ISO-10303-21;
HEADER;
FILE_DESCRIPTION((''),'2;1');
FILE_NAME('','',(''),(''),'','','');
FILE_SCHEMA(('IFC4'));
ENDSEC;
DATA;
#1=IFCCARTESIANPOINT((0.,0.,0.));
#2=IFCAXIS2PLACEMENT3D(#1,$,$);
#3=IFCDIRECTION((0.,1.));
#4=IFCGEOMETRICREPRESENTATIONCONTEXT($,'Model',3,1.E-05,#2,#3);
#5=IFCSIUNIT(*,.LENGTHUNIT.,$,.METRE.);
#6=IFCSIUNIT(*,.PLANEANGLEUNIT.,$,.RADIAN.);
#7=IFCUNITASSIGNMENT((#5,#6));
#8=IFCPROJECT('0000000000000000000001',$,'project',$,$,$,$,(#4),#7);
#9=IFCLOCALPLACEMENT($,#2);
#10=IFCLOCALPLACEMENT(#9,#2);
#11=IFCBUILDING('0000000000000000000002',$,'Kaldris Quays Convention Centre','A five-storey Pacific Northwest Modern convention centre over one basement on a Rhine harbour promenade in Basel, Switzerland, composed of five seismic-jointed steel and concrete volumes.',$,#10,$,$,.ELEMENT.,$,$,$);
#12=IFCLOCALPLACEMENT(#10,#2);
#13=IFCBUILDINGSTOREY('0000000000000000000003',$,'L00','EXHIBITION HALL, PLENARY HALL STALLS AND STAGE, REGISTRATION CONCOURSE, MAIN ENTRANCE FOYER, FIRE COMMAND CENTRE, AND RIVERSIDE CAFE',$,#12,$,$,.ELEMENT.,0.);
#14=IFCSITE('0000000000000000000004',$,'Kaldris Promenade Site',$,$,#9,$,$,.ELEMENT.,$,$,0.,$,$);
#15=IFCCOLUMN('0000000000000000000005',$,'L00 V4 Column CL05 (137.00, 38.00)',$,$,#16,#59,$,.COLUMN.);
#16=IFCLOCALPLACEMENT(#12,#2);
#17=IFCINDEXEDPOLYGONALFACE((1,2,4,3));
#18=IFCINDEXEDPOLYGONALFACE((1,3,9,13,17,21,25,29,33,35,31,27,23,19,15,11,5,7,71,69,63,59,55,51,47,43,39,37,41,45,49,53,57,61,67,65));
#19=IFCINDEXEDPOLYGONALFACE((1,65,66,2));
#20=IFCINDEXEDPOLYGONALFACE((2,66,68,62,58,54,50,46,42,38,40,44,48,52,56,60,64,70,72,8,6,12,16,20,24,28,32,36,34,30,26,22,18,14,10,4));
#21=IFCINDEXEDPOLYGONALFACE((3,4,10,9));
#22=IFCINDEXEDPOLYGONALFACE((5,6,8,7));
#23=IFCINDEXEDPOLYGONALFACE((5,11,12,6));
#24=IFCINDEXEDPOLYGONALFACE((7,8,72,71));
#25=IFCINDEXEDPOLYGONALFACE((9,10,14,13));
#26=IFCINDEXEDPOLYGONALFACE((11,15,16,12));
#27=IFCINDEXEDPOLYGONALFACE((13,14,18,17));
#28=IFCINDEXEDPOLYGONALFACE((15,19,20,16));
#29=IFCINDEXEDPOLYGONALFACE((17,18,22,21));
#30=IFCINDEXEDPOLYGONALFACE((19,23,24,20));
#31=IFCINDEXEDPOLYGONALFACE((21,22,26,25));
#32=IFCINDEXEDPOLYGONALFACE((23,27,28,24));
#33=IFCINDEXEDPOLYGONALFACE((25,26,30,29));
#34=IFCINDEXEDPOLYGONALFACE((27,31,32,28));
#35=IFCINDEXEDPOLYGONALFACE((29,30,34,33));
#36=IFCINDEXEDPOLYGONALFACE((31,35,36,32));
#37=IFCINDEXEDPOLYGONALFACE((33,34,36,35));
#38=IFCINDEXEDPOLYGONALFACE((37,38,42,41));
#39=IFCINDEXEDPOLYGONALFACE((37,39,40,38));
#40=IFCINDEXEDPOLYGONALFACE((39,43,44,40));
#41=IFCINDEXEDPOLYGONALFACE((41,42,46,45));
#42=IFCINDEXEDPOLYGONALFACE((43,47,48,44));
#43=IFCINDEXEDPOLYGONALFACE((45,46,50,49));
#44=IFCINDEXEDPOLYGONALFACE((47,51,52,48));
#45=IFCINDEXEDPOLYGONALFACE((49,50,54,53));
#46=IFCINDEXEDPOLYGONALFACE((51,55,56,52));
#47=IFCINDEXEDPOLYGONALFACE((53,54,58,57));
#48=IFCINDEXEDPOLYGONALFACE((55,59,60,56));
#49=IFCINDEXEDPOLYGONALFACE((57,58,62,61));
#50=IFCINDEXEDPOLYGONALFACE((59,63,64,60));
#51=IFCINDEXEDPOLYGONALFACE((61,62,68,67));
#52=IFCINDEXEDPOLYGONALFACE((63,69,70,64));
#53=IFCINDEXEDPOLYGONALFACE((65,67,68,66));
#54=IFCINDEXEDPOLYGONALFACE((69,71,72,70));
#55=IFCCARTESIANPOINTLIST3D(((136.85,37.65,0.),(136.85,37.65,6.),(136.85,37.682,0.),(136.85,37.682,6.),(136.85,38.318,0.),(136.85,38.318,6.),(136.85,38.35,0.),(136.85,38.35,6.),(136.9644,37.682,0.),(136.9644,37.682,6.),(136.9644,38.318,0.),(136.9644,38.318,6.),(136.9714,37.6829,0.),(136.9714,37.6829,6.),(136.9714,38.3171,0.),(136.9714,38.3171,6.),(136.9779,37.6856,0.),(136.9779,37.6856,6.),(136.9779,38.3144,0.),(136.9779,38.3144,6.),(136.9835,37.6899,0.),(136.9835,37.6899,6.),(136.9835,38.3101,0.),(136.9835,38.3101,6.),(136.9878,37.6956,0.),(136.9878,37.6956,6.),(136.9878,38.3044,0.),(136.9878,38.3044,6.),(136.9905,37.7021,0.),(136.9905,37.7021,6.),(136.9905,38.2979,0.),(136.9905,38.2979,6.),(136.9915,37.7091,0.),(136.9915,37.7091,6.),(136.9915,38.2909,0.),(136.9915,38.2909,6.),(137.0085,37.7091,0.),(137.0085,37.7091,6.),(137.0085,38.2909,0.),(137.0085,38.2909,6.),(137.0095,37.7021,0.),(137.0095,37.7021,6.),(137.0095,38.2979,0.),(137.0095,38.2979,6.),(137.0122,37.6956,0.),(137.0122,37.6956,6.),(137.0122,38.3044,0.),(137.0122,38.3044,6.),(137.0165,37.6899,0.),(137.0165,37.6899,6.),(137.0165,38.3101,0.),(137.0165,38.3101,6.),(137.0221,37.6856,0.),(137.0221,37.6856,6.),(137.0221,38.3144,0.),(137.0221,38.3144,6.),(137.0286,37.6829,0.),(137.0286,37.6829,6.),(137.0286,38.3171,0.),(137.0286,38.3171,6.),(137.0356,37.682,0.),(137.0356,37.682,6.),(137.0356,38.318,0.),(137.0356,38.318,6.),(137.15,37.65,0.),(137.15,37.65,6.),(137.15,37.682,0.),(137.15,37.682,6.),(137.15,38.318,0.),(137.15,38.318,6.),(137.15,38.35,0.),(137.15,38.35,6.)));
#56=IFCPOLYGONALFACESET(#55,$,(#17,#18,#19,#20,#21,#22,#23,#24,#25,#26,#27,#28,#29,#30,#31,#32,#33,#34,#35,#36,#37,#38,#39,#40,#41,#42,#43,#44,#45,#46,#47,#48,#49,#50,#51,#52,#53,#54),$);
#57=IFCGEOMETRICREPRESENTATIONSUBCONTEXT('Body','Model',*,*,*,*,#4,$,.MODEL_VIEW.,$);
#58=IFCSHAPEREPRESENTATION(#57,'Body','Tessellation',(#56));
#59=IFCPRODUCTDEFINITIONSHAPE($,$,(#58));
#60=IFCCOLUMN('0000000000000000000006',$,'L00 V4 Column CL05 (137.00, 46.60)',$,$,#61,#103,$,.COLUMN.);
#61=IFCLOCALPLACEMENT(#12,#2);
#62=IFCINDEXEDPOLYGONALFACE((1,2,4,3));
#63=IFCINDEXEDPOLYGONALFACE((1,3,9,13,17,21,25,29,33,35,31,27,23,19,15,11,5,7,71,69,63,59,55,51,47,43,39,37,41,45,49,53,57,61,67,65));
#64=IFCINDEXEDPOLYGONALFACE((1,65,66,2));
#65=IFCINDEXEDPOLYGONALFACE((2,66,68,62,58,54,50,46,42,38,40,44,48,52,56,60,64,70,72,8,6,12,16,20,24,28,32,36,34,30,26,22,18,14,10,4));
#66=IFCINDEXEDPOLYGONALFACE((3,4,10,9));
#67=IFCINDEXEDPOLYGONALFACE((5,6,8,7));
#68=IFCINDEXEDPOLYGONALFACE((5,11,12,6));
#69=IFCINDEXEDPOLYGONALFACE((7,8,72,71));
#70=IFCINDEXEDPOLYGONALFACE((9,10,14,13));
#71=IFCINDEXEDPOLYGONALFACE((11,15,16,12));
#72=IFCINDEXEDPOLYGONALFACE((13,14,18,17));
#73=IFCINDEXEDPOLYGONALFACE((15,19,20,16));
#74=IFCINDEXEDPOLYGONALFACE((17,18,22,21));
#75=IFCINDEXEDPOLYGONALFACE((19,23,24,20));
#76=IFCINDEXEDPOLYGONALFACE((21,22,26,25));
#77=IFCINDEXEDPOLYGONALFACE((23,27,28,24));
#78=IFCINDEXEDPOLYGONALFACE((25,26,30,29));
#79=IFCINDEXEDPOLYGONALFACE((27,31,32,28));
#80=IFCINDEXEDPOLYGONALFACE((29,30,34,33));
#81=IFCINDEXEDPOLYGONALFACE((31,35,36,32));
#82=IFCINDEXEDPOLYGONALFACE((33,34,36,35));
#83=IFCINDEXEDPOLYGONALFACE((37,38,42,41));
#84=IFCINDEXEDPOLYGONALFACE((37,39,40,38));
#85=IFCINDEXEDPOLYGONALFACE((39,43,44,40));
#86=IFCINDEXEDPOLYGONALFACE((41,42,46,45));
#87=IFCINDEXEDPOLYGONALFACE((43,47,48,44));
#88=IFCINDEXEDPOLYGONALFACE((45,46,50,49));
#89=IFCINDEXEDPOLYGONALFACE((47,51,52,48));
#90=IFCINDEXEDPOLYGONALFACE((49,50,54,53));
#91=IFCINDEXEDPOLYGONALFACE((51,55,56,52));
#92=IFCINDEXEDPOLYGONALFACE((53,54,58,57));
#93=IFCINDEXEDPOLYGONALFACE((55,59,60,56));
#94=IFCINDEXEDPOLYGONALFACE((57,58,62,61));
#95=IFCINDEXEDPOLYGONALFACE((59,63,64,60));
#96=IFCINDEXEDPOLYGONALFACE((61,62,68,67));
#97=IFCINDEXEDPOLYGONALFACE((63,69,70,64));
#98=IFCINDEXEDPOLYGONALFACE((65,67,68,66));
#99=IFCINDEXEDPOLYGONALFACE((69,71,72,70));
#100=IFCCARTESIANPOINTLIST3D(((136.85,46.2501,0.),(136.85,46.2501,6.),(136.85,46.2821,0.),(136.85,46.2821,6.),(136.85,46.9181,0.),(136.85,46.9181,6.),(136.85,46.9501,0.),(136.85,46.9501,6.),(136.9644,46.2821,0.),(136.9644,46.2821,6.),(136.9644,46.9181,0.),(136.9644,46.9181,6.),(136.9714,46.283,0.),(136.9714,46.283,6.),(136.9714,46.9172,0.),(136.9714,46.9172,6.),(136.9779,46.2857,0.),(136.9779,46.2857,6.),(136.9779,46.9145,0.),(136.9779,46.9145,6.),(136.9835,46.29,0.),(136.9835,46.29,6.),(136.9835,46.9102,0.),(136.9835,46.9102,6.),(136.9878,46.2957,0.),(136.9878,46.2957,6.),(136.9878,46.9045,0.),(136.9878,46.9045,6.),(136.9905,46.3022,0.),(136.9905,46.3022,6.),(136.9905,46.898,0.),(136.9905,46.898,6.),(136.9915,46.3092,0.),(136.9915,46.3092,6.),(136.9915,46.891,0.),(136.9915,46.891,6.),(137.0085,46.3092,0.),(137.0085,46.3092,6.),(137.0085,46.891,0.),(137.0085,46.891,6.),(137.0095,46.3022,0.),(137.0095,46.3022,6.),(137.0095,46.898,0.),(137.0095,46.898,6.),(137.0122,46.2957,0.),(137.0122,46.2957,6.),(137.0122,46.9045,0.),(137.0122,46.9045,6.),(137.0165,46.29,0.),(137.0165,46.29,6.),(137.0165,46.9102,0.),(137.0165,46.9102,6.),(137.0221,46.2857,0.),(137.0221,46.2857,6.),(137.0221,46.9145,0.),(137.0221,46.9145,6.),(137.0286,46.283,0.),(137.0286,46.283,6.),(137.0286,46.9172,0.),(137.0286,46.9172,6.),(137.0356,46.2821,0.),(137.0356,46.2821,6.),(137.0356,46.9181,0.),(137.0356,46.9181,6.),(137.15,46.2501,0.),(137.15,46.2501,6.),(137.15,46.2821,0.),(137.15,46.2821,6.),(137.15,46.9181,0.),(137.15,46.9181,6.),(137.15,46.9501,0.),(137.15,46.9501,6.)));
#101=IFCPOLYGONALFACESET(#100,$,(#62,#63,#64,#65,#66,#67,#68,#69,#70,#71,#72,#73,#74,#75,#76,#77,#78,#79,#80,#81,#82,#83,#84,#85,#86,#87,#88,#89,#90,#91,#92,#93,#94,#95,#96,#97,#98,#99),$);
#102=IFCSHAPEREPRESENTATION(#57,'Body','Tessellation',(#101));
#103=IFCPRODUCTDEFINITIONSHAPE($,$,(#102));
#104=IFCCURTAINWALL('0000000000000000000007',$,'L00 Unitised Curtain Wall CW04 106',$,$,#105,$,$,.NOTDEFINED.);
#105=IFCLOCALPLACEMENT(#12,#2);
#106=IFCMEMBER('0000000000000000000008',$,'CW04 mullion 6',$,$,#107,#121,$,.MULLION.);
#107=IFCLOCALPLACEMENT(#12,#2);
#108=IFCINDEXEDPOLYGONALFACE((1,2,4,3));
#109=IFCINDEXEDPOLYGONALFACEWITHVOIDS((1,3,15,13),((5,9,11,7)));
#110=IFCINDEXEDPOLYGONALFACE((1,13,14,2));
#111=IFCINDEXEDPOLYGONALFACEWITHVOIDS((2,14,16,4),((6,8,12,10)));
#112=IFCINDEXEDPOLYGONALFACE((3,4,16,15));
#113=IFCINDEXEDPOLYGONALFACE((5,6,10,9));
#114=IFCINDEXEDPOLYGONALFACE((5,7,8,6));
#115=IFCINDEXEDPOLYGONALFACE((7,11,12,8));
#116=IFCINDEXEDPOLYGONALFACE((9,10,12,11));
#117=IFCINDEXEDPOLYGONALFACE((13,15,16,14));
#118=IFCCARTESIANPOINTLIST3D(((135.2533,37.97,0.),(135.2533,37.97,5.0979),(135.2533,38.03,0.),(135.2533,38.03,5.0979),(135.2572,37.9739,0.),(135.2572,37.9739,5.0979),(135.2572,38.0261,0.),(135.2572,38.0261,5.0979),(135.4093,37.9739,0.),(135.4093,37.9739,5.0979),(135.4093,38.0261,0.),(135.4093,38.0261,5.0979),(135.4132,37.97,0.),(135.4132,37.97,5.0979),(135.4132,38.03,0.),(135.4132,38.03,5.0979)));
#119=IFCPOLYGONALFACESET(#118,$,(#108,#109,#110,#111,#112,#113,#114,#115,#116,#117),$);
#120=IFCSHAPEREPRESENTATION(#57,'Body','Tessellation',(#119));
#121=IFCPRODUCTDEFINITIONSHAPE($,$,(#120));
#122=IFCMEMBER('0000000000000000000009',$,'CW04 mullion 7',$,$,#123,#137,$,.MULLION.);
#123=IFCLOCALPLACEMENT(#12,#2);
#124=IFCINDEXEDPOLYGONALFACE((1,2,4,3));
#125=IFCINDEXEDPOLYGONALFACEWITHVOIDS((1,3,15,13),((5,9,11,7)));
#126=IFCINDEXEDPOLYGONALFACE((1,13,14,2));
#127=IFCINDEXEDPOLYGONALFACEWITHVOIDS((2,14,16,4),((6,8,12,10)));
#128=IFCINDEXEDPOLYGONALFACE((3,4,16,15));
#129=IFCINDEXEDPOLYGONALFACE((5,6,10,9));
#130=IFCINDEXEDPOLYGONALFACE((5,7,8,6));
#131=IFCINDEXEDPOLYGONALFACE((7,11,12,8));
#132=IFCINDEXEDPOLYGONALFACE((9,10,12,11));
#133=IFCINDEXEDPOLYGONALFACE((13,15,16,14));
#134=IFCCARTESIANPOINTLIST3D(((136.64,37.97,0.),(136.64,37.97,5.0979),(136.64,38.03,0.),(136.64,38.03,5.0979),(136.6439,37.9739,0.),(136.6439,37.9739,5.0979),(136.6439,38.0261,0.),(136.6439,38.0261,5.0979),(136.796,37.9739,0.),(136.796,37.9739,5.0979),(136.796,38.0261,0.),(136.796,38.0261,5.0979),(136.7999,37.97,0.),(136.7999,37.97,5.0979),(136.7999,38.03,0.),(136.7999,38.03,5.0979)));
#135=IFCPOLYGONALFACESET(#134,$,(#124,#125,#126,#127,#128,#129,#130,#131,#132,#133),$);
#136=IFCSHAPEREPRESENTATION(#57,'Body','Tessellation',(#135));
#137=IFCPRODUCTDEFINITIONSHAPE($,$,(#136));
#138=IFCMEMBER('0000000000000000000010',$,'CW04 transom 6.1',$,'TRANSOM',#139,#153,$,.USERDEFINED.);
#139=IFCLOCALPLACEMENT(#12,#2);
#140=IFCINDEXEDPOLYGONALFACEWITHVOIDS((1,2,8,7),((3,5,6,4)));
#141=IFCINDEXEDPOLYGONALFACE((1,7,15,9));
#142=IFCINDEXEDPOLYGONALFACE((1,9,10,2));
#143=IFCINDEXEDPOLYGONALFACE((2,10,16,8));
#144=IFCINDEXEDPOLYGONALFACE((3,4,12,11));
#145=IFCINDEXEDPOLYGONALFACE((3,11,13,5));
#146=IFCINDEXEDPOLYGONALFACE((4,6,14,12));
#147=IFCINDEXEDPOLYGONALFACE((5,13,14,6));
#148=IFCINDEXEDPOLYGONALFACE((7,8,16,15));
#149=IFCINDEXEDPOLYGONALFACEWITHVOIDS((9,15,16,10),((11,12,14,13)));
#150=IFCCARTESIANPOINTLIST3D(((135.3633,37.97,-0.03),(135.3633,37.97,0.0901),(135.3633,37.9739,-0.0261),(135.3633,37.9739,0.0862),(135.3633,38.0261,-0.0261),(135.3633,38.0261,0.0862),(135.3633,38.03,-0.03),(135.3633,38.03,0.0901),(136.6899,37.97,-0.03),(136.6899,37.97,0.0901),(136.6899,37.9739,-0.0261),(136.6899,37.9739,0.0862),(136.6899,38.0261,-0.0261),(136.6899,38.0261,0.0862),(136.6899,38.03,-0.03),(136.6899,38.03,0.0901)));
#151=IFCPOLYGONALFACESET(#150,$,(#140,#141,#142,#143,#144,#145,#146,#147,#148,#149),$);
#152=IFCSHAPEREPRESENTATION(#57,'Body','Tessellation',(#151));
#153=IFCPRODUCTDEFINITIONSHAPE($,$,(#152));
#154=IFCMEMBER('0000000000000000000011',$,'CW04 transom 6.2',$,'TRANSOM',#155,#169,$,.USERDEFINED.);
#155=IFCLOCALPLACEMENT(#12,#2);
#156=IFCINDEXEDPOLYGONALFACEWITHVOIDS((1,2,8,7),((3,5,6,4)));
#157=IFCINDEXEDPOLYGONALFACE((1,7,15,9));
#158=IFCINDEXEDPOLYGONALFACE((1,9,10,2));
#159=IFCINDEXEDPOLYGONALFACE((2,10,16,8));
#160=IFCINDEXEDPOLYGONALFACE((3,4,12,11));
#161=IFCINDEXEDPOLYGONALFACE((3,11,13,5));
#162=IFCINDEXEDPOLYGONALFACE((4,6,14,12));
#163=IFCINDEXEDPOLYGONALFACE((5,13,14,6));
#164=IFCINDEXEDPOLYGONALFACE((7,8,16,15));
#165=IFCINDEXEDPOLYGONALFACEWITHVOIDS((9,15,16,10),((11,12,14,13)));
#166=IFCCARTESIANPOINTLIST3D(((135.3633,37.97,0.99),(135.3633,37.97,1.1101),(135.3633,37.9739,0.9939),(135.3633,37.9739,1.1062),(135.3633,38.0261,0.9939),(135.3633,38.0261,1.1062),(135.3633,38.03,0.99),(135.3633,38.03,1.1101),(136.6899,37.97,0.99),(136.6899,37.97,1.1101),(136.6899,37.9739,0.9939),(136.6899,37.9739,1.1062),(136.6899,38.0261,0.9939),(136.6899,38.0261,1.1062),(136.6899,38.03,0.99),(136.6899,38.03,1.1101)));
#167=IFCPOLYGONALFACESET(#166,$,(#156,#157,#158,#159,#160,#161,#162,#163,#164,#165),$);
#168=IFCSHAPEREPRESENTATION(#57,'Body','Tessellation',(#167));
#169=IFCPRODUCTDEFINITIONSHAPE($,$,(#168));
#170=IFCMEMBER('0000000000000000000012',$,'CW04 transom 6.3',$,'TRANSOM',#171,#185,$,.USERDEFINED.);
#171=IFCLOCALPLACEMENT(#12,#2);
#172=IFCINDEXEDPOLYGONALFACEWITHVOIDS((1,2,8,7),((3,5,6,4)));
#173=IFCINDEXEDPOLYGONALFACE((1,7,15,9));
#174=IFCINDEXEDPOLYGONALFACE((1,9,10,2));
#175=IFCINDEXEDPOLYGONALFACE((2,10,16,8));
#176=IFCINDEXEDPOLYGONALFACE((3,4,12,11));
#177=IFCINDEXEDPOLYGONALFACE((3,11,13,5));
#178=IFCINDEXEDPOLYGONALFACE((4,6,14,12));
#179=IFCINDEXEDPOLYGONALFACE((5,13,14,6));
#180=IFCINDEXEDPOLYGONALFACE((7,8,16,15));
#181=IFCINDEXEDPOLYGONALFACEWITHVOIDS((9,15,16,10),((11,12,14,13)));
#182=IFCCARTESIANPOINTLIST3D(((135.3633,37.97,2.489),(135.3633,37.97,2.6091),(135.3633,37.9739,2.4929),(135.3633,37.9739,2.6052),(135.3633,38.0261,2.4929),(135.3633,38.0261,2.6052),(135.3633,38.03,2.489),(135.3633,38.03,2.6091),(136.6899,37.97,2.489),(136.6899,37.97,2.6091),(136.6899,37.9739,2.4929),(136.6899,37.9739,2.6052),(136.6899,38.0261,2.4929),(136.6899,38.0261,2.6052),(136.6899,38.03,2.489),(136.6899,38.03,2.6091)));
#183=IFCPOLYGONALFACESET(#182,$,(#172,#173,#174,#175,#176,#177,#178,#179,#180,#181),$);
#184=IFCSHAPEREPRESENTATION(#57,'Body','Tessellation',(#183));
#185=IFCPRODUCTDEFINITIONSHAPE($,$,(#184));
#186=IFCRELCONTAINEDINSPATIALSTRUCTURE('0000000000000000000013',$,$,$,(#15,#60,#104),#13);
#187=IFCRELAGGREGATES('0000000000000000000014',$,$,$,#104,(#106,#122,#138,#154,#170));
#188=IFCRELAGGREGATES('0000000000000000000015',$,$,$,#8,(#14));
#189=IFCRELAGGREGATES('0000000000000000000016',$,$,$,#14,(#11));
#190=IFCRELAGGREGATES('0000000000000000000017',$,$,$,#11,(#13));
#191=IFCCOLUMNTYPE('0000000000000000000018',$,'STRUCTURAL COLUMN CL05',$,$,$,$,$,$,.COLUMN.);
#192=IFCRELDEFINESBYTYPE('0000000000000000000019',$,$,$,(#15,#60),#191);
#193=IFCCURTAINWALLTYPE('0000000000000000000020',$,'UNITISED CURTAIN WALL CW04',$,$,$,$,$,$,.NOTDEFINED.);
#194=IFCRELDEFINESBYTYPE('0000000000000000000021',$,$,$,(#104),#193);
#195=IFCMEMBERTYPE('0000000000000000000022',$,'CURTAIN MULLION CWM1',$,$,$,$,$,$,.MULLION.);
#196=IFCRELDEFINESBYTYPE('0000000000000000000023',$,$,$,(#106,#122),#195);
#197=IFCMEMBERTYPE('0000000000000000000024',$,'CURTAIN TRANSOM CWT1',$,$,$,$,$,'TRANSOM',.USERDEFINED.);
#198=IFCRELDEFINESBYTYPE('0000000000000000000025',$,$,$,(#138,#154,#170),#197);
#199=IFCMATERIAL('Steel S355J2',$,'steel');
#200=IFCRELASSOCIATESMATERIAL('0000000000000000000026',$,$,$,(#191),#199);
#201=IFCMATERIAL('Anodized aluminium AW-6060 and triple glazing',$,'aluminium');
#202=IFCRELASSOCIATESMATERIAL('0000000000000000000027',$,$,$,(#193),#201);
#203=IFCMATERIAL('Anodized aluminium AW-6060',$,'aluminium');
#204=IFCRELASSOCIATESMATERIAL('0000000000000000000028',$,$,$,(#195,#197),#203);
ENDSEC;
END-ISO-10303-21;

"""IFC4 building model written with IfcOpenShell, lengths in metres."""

from ifc_helpers import new_model, si_unit, direction, frame, origin, origin_2d, place, context, subcontext, project, spatial, hollow_rectangle, i_section, extrude, material, material_profile, profile_set, type_object, element, aggregate, save


model = new_model("IFC4")

# Units and contexts
model_context = context("Model", 3, precision=1e-05, world=origin(), true_north=direction((0.0, 1.0)))
body_context = subcontext(model_context, "Body", "Model", "MODEL_VIEW")
ifc_project = project(units=[si_unit("LENGTHUNIT", "METRE"), si_unit("PLANEANGLEUNIT", "RADIAN")], contexts=[model_context])

# Site, building, storey
site_placement = place(None, origin())
site = spatial("IfcSite", under=ifc_project, at=site_placement, Name="Kaldris Promenade Site", CompositionType="ELEMENT", RefElevation=0.0)
building_placement = place(site_placement, origin())
building = spatial("IfcBuilding", under=site, at=building_placement, Name="Kaldris Quays Convention Centre", Description="A five-storey Pacific Northwest Modern convention centre over one basement on a Rhine harbour promenade in Basel, Switzerland, composed of five seismic-jointed steel and concrete volumes.", CompositionType="ELEMENT")
storey_placement = place(building_placement, origin())
storey = spatial("IfcBuildingStorey", under=building, at=storey_placement, Name="L00", Description="EXHIBITION HALL, PLENARY HALL STALLS AND STAGE, REGISTRATION CONCOURSE, MAIN ENTRANCE FOYER, FIRE COMMAND CENTRE, AND RIVERSIDE CAFE", CompositionType="ELEMENT", Elevation=0.0)

# Columns
ifc_material_1 = material(Name="Steel S355J2", Category="steel")
ifc_material_profile_1 = material_profile(ifc_material_1, i_section(OverallWidth=0.3, OverallDepth=0.7, WebThickness=0.0171, FlangeThickness=0.032, FilletRadius=0.0271, at=origin_2d()), Name="HEB 700")
ifc_profile_set_1 = profile_set([ifc_material_profile_1], Name="Steel S355J2")
column_type = type_object("IfcColumnType", Name="STRUCTURAL COLUMN CL05", PredefinedType="COLUMN", material=ifc_profile_set_1)
for number, where, z_axis, x_axis, name in (
    (1, (137.0, 38.0, 0.0), (0.0, 0.0, 1.0), (1.0, 0.0, 0.0), "L00 V4 Column CL05 (137.00, 38.00)"),
    (2, (137.0, 46.6001, 0.0), (0.0, 0.0, 1.0), (1.0, 0.0, 0.0), "L00 V4 Column CL05 (137.00, 46.60)"),
):
    element("IfcColumn", number, at=place(storey_placement, frame(where, z_axis=z_axis, x_axis=x_axis)), inside=storey, type_object=column_type, Name=name, PredefinedType="COLUMN", context=body_context, shape_type="SweptSolid", body=[
        extrude(i_section(OverallWidth=0.3, OverallDepth=0.7, WebThickness=0.0171, FlangeThickness=0.032, FilletRadius=0.0271, at=origin_2d()), origin(), (0.0, 0.0, 1.0), 6.0),
    ])

# Curtain wall, members
ifc_material_2 = material(Name="Anodized aluminium AW-6060 and triple glazing", Category="aluminium")
curtain_wall_type = type_object("IfcCurtainWallType", Name="UNITISED CURTAIN WALL CW04", PredefinedType="NOTDEFINED", material=ifc_material_2)
curtain_wall_placement = place(storey_placement, origin())
curtain_wall = element("IfcCurtainWall", 3, at=curtain_wall_placement, inside=storey, type_object=curtain_wall_type, Name="L00 Unitised Curtain Wall CW04 106", PredefinedType="NOTDEFINED")
ifc_material_3 = material(Name="Anodized aluminium AW-6060", Category="aluminium")
ifc_material_profile_2 = material_profile(ifc_material_3, hollow_rectangle(XDim=0.0601, YDim=0.1599, WallThickness=0.0039, at=origin_2d()), Name="RHS 160x60x4")
ifc_profile_set_2 = profile_set([ifc_material_profile_2], Name="Anodized aluminium AW-6060")
member_type_1 = type_object("IfcMemberType", Name="CURTAIN MULLION CWM1", PredefinedType="MULLION", material=ifc_profile_set_2)
member_1_placement = place(storey_placement, frame((135.3333, 38.0, 0.0), z_axis=(0.0, 0.0, 1.0), x_axis=(0.0, 1.0, 0.0)))
member_1 = element("IfcMember", 4, at=member_1_placement, type_object=member_type_1, Name="CW04 mullion 6", PredefinedType="MULLION", context=body_context, shape_type="SweptSolid", body=[
    extrude(hollow_rectangle(XDim=0.0601, YDim=0.1599, WallThickness=0.0039, at=origin_2d()), origin(), (0.0, 0.0, 1.0), 5.0979),
])
member_2_placement = place(storey_placement, frame((136.72, 38.0, 0.0), z_axis=(0.0, 0.0, 1.0), x_axis=(0.0, 1.0, 0.0)))
member_2 = element("IfcMember", 5, at=member_2_placement, type_object=member_type_1, Name="CW04 mullion 7", PredefinedType="MULLION", context=body_context, shape_type="SweptSolid", body=[
    extrude(hollow_rectangle(XDim=0.0601, YDim=0.1599, WallThickness=0.0039, at=origin_2d()), origin(), (0.0, 0.0, 1.0), 5.0979),
])
ifc_material_profile_3 = material_profile(ifc_material_3, hollow_rectangle(XDim=0.0601, YDim=0.1201, WallThickness=0.0039, at=origin_2d()), Name="RHS 120x60x4")
ifc_profile_set_3 = profile_set([ifc_material_profile_3], Name="Anodized aluminium AW-6060")
member_type_2 = type_object("IfcMemberType", Name="CURTAIN TRANSOM CWT1", ElementType="TRANSOM", PredefinedType="USERDEFINED", material=ifc_profile_set_3)
member_3_placement = place(storey_placement, frame((135.3633, 38.0, 0.03), z_axis=(1.0, 0.0, 0.0), x_axis=(0.0, 1.0, 0.0)))
member_3 = element("IfcMember", 6, at=member_3_placement, type_object=member_type_2, Name="CW04 transom 6.1", ObjectType="TRANSOM", PredefinedType="USERDEFINED", context=body_context, shape_type="SweptSolid", body=[
    extrude(hollow_rectangle(XDim=0.0601, YDim=0.1201, WallThickness=0.0039, at=origin_2d()), origin(), (0.0, 0.0, 1.0), 1.3267),
])
member_4_placement = place(storey_placement, frame((135.3633, 38.0, 1.05), z_axis=(1.0, 0.0, 0.0), x_axis=(0.0, 1.0, 0.0)))
member_4 = element("IfcMember", 7, at=member_4_placement, type_object=member_type_2, Name="CW04 transom 6.2", ObjectType="TRANSOM", PredefinedType="USERDEFINED", context=body_context, shape_type="SweptSolid", body=[
    extrude(hollow_rectangle(XDim=0.0601, YDim=0.1201, WallThickness=0.0039, at=origin_2d()), origin(), (0.0, 0.0, 1.0), 1.3267),
])
member_5_placement = place(storey_placement, frame((135.3633, 38.0, 2.5491), z_axis=(1.0, 0.0, 0.0), x_axis=(0.0, 1.0, 0.0)))
member_5 = element("IfcMember", 8, at=member_5_placement, type_object=member_type_2, Name="CW04 transom 6.3", ObjectType="TRANSOM", PredefinedType="USERDEFINED", context=body_context, shape_type="SweptSolid", body=[
    extrude(hollow_rectangle(XDim=0.0601, YDim=0.1201, WallThickness=0.0039, at=origin_2d()), origin(), (0.0, 0.0, 1.0), 1.3267),
])

aggregate(curtain_wall, [member_1, member_2, member_3, member_4, member_5])

save(model, "model.ifc")
